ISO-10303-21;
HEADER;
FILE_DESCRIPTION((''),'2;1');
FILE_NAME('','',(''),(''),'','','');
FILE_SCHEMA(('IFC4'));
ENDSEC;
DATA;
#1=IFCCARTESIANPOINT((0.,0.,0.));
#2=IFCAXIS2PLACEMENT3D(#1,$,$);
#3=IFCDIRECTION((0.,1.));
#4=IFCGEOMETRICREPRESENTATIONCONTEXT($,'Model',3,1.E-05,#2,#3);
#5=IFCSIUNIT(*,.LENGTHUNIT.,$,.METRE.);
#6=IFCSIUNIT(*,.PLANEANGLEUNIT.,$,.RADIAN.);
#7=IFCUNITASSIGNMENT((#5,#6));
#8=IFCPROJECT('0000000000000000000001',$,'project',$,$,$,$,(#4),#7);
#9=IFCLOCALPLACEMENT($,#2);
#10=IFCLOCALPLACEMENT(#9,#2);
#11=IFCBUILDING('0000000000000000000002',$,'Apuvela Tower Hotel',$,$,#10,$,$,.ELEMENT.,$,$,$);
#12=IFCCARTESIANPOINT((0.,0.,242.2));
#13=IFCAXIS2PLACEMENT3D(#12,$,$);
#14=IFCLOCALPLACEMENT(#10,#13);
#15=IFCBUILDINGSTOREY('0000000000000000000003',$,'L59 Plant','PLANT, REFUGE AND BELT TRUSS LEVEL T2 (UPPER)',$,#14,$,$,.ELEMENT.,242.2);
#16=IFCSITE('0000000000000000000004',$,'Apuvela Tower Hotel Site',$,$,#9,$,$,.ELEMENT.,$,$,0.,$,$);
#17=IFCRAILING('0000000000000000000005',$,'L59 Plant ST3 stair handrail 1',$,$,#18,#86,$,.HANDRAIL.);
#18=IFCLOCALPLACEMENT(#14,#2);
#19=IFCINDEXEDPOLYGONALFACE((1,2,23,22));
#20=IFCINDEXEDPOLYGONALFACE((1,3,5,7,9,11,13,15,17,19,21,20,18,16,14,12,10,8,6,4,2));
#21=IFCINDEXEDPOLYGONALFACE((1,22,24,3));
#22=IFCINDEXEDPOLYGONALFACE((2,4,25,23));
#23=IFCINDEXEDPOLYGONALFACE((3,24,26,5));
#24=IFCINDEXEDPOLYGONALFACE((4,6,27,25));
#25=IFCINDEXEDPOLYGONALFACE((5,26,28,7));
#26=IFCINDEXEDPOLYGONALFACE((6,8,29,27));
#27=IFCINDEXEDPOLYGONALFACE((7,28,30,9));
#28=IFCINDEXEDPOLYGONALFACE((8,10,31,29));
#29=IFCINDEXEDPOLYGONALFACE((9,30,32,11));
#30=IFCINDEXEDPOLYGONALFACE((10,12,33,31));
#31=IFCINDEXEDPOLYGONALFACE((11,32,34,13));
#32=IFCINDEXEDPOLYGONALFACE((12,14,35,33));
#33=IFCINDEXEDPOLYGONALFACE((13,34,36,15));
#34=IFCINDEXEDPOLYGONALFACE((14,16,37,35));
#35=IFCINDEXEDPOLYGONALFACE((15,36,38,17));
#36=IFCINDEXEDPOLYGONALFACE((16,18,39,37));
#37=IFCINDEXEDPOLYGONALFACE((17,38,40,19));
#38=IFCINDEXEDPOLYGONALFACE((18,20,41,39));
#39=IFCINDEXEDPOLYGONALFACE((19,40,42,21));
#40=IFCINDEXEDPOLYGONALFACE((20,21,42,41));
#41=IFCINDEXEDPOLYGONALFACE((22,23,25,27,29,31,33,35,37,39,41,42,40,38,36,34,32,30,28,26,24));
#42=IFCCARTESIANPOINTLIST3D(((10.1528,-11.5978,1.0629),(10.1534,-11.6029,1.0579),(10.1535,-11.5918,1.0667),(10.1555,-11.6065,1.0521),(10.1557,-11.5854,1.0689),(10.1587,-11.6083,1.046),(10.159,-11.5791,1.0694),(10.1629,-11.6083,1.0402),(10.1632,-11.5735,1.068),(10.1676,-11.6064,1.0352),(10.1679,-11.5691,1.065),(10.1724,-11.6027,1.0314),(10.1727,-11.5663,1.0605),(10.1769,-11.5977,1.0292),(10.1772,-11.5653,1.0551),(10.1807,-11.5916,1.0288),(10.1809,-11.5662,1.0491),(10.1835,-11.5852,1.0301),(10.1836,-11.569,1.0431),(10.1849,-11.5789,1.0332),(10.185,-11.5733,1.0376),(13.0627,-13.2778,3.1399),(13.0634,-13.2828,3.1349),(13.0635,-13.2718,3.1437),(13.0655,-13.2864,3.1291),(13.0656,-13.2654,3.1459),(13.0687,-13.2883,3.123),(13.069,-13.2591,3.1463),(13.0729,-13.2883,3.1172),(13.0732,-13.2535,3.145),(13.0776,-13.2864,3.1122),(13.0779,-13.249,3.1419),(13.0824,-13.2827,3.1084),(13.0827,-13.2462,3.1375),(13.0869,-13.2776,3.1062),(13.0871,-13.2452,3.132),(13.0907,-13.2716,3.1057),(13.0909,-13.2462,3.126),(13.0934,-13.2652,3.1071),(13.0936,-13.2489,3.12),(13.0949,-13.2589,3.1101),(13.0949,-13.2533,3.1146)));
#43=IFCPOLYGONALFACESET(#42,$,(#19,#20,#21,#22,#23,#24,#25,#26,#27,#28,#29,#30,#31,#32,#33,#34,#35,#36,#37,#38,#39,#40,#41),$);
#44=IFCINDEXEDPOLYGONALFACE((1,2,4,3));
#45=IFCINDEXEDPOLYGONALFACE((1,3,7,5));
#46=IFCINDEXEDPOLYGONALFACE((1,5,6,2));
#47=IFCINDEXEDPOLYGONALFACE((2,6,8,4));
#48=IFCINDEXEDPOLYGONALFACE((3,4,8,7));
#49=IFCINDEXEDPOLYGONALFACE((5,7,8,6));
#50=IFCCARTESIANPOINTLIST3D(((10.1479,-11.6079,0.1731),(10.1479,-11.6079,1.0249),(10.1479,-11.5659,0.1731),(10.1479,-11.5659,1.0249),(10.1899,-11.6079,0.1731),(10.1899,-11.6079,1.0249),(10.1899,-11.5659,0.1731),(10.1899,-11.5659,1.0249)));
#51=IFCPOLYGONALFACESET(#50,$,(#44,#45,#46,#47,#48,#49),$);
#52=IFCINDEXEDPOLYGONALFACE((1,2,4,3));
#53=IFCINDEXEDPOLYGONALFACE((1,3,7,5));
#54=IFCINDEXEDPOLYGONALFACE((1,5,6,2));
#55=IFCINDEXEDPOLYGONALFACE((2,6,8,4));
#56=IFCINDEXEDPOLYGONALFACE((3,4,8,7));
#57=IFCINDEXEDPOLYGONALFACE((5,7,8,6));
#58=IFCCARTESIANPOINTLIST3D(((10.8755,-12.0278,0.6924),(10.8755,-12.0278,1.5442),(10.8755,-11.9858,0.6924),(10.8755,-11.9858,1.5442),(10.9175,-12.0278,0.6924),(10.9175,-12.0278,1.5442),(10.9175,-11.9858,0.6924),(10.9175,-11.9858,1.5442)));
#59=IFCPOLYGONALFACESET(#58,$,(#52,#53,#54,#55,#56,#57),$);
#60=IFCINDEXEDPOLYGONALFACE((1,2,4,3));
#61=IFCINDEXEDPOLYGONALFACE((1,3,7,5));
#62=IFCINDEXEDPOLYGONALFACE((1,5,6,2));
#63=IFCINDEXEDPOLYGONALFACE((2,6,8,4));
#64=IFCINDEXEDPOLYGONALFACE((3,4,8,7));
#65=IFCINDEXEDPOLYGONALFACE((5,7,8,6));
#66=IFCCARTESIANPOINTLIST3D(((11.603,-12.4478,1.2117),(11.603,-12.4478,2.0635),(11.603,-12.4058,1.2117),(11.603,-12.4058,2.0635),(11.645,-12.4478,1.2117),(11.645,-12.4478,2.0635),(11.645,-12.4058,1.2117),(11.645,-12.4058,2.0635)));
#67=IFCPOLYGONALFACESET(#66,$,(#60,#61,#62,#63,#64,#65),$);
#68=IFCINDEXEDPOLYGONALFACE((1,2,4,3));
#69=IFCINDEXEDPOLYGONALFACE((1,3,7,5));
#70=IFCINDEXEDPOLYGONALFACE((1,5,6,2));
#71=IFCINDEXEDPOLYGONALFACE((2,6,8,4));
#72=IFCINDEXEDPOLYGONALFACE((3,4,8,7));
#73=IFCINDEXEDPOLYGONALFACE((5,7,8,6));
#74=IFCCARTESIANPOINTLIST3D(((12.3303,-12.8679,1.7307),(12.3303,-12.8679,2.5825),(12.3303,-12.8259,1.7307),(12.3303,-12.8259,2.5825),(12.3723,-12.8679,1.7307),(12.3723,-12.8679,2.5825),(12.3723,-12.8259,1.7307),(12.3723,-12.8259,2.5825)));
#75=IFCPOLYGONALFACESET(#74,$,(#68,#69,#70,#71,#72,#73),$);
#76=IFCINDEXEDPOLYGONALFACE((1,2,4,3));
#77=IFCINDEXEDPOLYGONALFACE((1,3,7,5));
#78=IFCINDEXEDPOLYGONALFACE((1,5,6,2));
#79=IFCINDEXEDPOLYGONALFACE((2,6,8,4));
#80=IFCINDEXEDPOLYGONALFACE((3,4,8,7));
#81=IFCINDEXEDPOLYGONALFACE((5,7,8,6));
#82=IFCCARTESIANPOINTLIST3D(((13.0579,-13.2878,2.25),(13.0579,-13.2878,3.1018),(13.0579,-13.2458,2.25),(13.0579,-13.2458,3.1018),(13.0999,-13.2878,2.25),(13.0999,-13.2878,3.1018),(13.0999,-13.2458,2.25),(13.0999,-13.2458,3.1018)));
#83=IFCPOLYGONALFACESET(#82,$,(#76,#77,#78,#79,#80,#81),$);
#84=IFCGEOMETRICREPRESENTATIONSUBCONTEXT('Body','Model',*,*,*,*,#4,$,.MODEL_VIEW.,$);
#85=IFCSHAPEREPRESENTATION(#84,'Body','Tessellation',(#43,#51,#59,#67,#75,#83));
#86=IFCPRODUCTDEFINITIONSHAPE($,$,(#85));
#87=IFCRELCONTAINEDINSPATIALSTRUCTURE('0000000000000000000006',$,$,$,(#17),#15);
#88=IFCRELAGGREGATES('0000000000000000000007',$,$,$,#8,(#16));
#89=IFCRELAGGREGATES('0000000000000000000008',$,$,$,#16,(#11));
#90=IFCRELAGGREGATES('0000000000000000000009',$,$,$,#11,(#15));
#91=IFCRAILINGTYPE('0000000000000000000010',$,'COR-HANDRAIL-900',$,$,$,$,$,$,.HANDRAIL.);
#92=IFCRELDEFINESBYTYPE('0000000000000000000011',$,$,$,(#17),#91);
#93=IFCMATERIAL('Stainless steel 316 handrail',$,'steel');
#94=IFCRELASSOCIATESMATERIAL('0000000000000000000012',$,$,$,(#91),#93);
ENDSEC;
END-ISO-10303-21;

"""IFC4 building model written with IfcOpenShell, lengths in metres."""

from ifc_helpers import new_model, si_unit, direction, frame, origin, origin_2d, place, context, subcontext, project, spatial, rectangle, circle, extrude, material, type_object, element, save


model = new_model("IFC4")

# Units and contexts
model_context = context("Model", 3, precision=1e-05, world=origin(), true_north=direction((0.0, 1.0)))
body_context = subcontext(model_context, "Body", "Model", "MODEL_VIEW")
ifc_project = project(units=[si_unit("LENGTHUNIT", "METRE"), si_unit("PLANEANGLEUNIT", "RADIAN")], contexts=[model_context])

# Site, building, storey
site_placement = place(None, origin())
site = spatial("IfcSite", under=ifc_project, at=site_placement, Name="Apuvela Tower Hotel Site", CompositionType="ELEMENT", RefElevation=0.0)
building_placement = place(site_placement, origin())
building = spatial("IfcBuilding", under=site, at=building_placement, Name="Apuvela Tower Hotel", CompositionType="ELEMENT")
storey_placement = place(building_placement, frame((0.0, 0.0, 242.2)))
storey = spatial("IfcBuildingStorey", under=building, at=storey_placement, Name="L59 Plant", Description="PLANT, REFUGE AND BELT TRUSS LEVEL T2 (UPPER)", CompositionType="ELEMENT", Elevation=242.2)

# Railing
ifc_material_1 = material(Name="Stainless steel 316 handrail", Category="steel")
railing_type_1 = type_object("IfcRailingType", Name="COR-HANDRAIL-900", PredefinedType="HANDRAIL", material=ifc_material_1)
railing_1_placement = place(storey_placement, frame((10.1689, -11.5869, 0.1731)))
element("IfcRailing", 1, at=railing_1_placement, inside=storey, type_object=railing_type_1, Name="L59 Plant ST3 stair handrail 1", PredefinedType="HANDRAIL", context=body_context, shape_type="SweptSolid", body=[
    extrude(circle(Radius=0.0239, at=origin_2d()), frame((0.0, 0.0, 0.876), z_axis=(0.736668, -0.425288, 0.525785), x_axis=(0.499976, 0.866039, 0.0)), (0.0, 0.0, 1.0), 3.9502),
    extrude(rectangle(XDim=0.042, YDim=0.042, at=origin_2d()), origin(), (0.0, 0.0, 1.0), 0.8518),
    extrude(rectangle(XDim=0.042, YDim=0.042, at=origin_2d()), frame((0.7275, -0.4199, 0.5193)), (0.0, 0.0, 1.0), 0.8518),
    extrude(rectangle(XDim=0.042, YDim=0.042, at=origin_2d()), frame((1.4551, -0.8398, 1.0386)), (0.0, 0.0, 1.0), 0.8518),
    extrude(rectangle(XDim=0.042, YDim=0.042, at=origin_2d()), frame((2.1824, -1.26, 1.5576)), (0.0, 0.0, 1.0), 0.8518),
    extrude(rectangle(XDim=0.042, YDim=0.042, at=origin_2d()), frame((2.9099, -1.6799, 2.0769)), (0.0, 0.0, 1.0), 0.8518),
])

save(model, "model.ifc")
